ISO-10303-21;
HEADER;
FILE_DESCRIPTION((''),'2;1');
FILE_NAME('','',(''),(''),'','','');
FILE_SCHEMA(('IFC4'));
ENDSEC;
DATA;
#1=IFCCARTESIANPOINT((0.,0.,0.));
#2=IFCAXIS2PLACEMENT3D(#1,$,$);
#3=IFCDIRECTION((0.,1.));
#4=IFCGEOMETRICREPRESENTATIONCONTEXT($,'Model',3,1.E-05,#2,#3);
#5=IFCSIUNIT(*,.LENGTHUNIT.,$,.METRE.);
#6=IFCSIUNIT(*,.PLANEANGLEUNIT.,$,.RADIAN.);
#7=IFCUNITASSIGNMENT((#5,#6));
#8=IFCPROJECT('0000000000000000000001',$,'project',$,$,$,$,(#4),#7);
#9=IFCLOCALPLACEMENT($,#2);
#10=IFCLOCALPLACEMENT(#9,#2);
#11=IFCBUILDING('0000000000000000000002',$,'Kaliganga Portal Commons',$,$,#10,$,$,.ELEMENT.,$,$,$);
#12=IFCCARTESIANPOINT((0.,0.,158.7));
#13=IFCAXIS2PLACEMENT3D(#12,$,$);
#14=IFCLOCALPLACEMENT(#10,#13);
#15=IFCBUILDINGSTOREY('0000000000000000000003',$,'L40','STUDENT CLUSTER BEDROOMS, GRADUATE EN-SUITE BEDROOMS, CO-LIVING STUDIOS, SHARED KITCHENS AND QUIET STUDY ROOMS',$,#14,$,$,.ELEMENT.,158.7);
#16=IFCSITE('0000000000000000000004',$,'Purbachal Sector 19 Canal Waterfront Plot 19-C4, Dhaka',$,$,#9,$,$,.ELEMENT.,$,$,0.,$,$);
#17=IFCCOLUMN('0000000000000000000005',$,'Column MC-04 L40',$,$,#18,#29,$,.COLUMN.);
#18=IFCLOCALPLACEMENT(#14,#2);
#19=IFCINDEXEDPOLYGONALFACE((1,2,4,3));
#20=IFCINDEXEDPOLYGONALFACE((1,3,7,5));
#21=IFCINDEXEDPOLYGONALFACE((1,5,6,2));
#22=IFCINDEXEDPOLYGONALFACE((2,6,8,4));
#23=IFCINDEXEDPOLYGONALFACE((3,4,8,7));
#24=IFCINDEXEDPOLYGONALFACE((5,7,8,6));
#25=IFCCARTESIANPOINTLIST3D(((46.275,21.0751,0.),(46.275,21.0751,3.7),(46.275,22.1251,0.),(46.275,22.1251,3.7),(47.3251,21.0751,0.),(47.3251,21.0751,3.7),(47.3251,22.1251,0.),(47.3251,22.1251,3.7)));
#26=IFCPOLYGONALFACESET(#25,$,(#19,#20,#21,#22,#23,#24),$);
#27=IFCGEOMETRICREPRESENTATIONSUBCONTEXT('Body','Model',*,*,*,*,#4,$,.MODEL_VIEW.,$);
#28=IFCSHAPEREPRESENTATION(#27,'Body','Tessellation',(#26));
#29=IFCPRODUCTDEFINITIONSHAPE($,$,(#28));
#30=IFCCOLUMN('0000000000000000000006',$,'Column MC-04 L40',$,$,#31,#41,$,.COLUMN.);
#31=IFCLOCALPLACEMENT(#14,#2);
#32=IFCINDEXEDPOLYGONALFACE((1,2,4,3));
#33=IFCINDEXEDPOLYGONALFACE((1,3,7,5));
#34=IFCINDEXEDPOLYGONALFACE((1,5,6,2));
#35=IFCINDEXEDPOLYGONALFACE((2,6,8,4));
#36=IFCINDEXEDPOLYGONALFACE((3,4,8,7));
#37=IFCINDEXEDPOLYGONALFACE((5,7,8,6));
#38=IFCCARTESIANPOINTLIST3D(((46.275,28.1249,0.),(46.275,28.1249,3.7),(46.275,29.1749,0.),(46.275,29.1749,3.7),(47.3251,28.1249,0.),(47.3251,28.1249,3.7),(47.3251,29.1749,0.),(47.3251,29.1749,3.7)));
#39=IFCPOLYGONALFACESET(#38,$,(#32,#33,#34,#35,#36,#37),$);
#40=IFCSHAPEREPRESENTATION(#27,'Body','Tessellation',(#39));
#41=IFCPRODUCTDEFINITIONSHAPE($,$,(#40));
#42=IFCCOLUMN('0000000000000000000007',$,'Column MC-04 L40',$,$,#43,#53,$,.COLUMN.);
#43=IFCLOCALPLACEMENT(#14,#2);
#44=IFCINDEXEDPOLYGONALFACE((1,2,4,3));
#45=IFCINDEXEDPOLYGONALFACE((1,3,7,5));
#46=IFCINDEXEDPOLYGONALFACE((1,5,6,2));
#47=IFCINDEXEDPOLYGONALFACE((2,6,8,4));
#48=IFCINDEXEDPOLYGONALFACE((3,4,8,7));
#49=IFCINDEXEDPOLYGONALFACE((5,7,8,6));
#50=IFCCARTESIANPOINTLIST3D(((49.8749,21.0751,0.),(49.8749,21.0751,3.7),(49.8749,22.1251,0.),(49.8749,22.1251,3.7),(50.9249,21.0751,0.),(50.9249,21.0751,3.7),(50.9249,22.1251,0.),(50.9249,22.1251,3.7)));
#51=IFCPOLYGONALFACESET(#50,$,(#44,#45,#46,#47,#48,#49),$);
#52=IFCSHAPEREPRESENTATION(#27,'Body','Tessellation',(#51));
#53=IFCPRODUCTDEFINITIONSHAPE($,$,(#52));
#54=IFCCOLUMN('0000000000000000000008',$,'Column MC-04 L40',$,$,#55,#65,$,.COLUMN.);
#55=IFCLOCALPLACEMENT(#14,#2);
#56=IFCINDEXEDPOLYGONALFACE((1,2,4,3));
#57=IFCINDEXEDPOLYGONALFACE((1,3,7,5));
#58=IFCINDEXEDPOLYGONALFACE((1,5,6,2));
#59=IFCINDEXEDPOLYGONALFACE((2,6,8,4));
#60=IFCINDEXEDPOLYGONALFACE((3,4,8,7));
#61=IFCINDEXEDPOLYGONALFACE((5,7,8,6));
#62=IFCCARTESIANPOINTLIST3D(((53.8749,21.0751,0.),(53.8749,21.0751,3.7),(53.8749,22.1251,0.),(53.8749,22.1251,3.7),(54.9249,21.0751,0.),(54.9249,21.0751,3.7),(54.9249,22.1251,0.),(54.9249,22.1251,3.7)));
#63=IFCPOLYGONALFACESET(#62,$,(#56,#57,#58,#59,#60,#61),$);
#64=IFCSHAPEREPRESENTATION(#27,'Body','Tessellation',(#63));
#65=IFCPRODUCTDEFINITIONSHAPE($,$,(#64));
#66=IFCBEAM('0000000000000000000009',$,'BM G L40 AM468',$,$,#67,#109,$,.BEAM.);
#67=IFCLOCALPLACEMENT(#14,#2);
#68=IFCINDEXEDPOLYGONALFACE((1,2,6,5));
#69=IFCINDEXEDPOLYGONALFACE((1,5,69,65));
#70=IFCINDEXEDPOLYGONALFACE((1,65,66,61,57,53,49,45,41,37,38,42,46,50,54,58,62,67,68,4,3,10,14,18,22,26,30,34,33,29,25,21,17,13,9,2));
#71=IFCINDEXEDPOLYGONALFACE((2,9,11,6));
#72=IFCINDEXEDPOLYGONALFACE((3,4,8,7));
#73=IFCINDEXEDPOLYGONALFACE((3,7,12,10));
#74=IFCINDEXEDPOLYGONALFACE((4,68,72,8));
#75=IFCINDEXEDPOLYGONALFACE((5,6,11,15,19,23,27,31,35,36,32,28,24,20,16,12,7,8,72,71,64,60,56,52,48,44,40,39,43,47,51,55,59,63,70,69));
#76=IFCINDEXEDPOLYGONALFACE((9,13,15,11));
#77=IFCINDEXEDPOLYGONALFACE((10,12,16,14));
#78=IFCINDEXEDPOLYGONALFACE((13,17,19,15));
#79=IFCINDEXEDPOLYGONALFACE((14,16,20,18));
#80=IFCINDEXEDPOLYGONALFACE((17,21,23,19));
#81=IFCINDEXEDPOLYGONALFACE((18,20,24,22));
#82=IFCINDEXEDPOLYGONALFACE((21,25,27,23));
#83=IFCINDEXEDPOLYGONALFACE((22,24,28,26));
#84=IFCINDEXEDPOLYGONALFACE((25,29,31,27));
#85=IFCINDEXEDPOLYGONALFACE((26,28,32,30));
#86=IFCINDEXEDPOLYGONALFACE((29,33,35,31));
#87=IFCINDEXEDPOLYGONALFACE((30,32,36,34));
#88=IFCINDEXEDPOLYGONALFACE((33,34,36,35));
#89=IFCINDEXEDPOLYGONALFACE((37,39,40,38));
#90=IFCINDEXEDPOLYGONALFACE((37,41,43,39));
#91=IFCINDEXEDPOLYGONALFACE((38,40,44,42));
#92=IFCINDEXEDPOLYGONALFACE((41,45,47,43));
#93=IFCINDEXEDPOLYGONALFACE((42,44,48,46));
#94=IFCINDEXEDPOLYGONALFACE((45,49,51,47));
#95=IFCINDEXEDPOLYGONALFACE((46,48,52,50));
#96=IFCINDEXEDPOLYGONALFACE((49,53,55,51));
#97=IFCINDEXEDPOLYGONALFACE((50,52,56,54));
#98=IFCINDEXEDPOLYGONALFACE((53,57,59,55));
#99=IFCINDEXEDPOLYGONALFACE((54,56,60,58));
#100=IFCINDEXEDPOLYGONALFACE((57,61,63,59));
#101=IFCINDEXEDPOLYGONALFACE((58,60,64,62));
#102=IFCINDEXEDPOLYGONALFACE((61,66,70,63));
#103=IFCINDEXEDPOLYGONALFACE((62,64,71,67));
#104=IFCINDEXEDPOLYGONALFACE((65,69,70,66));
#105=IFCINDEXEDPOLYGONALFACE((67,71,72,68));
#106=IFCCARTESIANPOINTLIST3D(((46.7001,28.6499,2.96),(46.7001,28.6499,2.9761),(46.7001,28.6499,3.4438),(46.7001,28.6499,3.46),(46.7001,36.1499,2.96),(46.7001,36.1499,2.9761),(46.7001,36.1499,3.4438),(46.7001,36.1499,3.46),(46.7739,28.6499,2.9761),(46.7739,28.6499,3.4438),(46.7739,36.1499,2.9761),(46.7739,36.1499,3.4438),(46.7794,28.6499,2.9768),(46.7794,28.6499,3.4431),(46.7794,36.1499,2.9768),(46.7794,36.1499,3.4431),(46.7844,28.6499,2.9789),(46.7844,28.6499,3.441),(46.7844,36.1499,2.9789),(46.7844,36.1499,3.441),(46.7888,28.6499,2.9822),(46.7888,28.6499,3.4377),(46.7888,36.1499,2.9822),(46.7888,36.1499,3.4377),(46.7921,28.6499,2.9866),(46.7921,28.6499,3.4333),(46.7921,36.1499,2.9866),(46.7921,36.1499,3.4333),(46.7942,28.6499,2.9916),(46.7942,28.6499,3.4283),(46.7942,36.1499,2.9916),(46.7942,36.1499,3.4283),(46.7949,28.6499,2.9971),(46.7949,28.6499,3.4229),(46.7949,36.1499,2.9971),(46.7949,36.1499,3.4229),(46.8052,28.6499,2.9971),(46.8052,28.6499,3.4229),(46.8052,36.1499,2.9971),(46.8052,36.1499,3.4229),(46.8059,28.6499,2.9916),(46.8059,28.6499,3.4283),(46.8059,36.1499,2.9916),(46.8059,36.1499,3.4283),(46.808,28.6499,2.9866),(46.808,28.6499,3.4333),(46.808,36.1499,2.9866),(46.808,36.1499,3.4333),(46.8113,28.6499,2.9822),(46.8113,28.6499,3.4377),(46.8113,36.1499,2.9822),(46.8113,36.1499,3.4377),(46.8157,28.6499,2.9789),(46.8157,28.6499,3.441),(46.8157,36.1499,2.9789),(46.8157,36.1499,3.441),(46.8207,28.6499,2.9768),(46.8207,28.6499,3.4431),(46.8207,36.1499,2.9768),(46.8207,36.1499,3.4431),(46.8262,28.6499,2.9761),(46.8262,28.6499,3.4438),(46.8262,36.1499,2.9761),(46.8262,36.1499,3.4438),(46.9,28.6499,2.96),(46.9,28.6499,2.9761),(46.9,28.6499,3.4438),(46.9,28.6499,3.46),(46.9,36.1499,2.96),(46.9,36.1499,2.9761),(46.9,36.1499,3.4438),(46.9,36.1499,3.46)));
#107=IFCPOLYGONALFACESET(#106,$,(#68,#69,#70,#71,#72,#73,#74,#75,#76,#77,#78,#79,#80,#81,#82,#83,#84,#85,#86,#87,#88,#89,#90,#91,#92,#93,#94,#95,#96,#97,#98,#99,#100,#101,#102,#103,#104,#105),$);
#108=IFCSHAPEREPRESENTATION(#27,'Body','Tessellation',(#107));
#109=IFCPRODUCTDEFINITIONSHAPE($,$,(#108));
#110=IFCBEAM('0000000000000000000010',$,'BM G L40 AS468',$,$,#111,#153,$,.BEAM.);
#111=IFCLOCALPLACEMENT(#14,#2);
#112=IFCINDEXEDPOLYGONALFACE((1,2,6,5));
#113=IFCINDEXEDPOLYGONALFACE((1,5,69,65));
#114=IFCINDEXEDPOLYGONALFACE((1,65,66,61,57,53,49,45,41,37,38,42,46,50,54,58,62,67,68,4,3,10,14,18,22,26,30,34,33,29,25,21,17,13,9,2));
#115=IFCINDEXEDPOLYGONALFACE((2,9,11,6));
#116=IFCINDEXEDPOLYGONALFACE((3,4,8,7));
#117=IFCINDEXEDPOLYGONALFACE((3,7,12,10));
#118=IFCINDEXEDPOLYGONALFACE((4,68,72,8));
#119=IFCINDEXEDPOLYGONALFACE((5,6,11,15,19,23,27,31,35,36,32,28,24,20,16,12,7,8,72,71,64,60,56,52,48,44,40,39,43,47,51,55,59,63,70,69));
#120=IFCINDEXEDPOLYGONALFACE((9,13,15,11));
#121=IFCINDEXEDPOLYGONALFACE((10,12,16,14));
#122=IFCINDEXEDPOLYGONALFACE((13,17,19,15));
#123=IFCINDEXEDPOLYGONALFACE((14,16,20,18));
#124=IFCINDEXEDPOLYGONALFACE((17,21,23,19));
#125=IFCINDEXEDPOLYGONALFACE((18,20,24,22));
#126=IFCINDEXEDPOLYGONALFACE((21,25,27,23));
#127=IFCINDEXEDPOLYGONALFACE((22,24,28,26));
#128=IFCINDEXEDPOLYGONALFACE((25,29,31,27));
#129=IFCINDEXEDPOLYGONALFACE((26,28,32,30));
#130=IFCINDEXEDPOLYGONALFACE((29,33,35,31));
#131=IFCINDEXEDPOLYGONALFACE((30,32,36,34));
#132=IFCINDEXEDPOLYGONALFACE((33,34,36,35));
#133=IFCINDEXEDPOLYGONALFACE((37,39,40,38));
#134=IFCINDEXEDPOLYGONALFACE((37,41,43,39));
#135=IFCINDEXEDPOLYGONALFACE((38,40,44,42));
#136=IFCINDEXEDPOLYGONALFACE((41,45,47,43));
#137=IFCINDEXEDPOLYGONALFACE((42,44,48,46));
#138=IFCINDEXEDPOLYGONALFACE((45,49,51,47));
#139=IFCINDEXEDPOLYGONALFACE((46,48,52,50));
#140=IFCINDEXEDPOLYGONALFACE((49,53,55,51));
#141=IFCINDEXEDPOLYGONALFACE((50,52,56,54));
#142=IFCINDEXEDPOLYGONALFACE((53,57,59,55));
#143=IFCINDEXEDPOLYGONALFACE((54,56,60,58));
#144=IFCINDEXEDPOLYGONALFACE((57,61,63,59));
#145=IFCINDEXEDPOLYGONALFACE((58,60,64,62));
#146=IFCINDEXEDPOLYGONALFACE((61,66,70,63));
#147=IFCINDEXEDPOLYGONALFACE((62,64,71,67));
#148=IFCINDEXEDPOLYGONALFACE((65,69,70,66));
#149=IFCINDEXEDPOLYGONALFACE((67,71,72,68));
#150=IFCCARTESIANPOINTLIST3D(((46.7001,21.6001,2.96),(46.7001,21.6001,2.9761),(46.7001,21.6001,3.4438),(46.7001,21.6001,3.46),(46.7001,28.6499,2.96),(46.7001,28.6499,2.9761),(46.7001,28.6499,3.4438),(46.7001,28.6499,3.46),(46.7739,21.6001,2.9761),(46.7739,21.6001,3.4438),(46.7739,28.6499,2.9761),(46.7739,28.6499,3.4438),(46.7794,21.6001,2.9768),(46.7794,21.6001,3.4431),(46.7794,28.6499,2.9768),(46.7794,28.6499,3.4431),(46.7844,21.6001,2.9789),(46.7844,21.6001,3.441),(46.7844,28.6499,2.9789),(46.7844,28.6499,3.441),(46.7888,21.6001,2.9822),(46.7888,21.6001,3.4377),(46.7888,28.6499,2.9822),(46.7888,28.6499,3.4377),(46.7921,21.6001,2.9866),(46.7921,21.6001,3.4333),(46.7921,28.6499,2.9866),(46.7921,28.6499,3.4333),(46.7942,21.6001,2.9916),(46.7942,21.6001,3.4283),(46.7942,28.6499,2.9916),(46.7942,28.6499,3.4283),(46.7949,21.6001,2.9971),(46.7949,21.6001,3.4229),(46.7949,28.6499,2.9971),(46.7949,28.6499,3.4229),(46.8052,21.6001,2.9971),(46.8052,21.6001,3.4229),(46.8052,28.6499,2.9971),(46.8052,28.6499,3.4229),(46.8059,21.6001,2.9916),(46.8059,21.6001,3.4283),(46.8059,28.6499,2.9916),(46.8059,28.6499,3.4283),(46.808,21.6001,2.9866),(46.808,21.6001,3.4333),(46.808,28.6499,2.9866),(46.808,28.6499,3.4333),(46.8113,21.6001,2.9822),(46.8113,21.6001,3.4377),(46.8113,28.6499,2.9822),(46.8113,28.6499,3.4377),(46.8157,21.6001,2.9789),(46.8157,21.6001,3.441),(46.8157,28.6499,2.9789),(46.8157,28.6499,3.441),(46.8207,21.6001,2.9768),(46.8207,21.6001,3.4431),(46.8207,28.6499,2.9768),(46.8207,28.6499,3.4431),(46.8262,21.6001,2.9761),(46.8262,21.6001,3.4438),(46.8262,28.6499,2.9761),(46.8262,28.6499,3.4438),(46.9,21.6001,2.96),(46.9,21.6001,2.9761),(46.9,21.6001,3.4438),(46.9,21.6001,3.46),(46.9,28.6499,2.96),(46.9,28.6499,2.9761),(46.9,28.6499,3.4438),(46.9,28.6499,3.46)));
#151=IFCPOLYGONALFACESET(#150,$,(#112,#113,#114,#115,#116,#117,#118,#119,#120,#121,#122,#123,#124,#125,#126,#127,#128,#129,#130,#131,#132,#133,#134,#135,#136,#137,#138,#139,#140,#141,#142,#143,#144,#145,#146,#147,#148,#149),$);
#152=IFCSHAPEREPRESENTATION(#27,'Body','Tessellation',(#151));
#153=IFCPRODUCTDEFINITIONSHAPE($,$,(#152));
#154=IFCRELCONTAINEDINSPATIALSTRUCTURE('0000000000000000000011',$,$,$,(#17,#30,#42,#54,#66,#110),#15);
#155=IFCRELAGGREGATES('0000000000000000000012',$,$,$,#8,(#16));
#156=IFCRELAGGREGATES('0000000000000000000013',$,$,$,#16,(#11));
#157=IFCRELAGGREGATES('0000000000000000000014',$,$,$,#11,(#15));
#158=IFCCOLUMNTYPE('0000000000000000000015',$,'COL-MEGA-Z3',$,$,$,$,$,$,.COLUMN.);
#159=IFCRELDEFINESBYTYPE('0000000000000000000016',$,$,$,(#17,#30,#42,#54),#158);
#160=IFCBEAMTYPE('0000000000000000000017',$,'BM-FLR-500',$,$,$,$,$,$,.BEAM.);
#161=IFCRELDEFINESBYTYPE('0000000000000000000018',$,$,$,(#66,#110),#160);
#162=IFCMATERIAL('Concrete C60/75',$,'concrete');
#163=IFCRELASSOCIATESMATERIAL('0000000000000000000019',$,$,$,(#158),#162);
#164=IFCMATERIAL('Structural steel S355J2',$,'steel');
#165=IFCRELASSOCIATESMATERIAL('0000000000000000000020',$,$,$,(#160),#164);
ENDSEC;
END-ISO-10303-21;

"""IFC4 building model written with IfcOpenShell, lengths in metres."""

from ifc_helpers import new_model, si_unit, direction, frame, origin, origin_2d, place, context, subcontext, project, spatial, rectangle, i_section, extrude, source, transform, mapped, material, material_profile, profile_set, type_object, element, save


model = new_model("IFC4")

# Units and contexts
model_context = context("Model", 3, precision=1e-05, world=origin(), true_north=direction((0.0, 1.0)))
body_context = subcontext(model_context, "Body", "Model", "MODEL_VIEW")
ifc_project = project(units=[si_unit("LENGTHUNIT", "METRE"), si_unit("PLANEANGLEUNIT", "RADIAN")], contexts=[model_context])

# Site, building, storey
site_placement = place(None, origin())
site = spatial("IfcSite", under=ifc_project, at=site_placement, Name="Purbachal Sector 19 Canal Waterfront Plot 19-C4, Dhaka", CompositionType="ELEMENT", RefElevation=0.0)
building_placement = place(site_placement, origin())
building = spatial("IfcBuilding", under=site, at=building_placement, Name="Kaliganga Portal Commons", CompositionType="ELEMENT")
storey_placement = place(building_placement, frame((0.0, 0.0, 158.7)))
storey = spatial("IfcBuildingStorey", under=building, at=storey_placement, Name="L40", Description="STUDENT CLUSTER BEDROOMS, GRADUATE EN-SUITE BEDROOMS, CO-LIVING STUDIOS, SHARED KITCHENS AND QUIET STUDY ROOMS", CompositionType="ELEMENT", Elevation=158.7)

# Columns
ifc_material_1 = material(Name="Concrete C60/75", Category="concrete")
ifc_material_profile_1 = material_profile(ifc_material_1, rectangle(XDim=1.05, YDim=1.05, at=origin_2d()), Name="RC 1050x1050")
ifc_profile_set_1 = profile_set([ifc_material_profile_1], Name="Concrete C60/75")
column_type = type_object("IfcColumnType", Name="COL-MEGA-Z3", PredefinedType="COLUMN", material=ifc_profile_set_1)
shared_shape_1 = source(origin(), body_context, "Body", "SweptSolid", [
    extrude(rectangle(XDim=1.05, YDim=1.05, at=origin_2d()), origin(), (0.0, 0.0, 1.0), 3.7),
])
for number, where, z_axis, x_axis, name in (
    (1, (46.8, 21.6001, 0.0), (0.0, 0.0, 1.0), (1.0, 0.0, 0.0), "Column MC-04 L40"),
    (2, (46.8, 28.6499, 0.0), (0.0, 0.0, 1.0), (1.0, 0.0, 0.0), "Column MC-04 L40"),
    (3, (50.3999, 21.6001, 0.0), (0.0, 0.0, 1.0), (1.0, 0.0, 0.0), "Column MC-04 L40"),
    (4, (54.3999, 21.6001, 0.0), (0.0, 0.0, 1.0), (1.0, 0.0, 0.0), "Column MC-04 L40"),
):
    element("IfcColumn", number, at=place(storey_placement, frame(where, z_axis=z_axis, x_axis=x_axis)), inside=storey, type_object=column_type, Name=name, PredefinedType="COLUMN", context=body_context, shape_type="MappedRepresentation", body=[
        mapped(shared_shape_1, transform((0.0, 0.0, 0.0), x_axis=(1.0, 0.0, 0.0), y_axis=(0.0, 1.0, 0.0), z_axis=(0.0, 0.0, 1.0), scale=1.0)),
    ])

# Beams
ifc_material_2 = material(Name="Structural steel S355J2", Category="steel")
ifc_material_profile_2 = material_profile(ifc_material_2, i_section(OverallWidth=0.2, OverallDepth=0.5, WebThickness=0.0103, FlangeThickness=0.0161, FilletRadius=0.021, at=origin_2d()), Name="IPE 500")
ifc_profile_set_2 = profile_set([ifc_material_profile_2], Name="Structural steel S355J2 wide-flange")
beam_type_1 = type_object("IfcBeamType", Name="BM-FLR-500", PredefinedType="BEAM", material=ifc_profile_set_2)
shared_shape_2 = source(origin(), body_context, "Body", "SweptSolid", [
    extrude(i_section(OverallWidth=0.2, OverallDepth=0.5, WebThickness=0.0103, FlangeThickness=0.0161, FilletRadius=0.021, at=origin_2d()), origin(), (0.0, 0.0, 1.0), 7.5),
])
beam_1_placement = place(storey_placement, frame((46.8, 28.6499, 3.21), z_axis=(0.0, 1.0, 0.0), x_axis=(-1.0, 0.0, 0.0)))
element("IfcBeam", 5, at=beam_1_placement, inside=storey, type_object=beam_type_1, Name="BM G L40 AM468", PredefinedType="BEAM", context=body_context, shape_type="MappedRepresentation", body=[
    mapped(shared_shape_2, transform((0.0, 0.0, 0.0), x_axis=(1.0, 0.0, 0.0), y_axis=(0.0, 1.0, 0.0), z_axis=(0.0, 0.0, 1.0), scale=1.0)),
])
shared_shape_3 = source(origin(), body_context, "Body", "SweptSolid", [
    extrude(i_section(OverallWidth=0.2, OverallDepth=0.5, WebThickness=0.0103, FlangeThickness=0.0161, FilletRadius=0.021, at=origin_2d()), origin(), (0.0, 0.0, 1.0), 7.0498),
])
beam_2_placement = place(storey_placement, frame((46.8, 21.6001, 3.21), z_axis=(0.0, 1.0, 0.0), x_axis=(-1.0, 0.0, 0.0)))
element("IfcBeam", 6, at=beam_2_placement, inside=storey, type_object=beam_type_1, Name="BM G L40 AS468", PredefinedType="BEAM", context=body_context, shape_type="MappedRepresentation", body=[
    mapped(shared_shape_3, transform((0.0, 0.0, 0.0), x_axis=(1.0, 0.0, 0.0), y_axis=(0.0, 1.0, 0.0), z_axis=(0.0, 0.0, 1.0), scale=1.0)),
])

save(model, "model.ifc")
